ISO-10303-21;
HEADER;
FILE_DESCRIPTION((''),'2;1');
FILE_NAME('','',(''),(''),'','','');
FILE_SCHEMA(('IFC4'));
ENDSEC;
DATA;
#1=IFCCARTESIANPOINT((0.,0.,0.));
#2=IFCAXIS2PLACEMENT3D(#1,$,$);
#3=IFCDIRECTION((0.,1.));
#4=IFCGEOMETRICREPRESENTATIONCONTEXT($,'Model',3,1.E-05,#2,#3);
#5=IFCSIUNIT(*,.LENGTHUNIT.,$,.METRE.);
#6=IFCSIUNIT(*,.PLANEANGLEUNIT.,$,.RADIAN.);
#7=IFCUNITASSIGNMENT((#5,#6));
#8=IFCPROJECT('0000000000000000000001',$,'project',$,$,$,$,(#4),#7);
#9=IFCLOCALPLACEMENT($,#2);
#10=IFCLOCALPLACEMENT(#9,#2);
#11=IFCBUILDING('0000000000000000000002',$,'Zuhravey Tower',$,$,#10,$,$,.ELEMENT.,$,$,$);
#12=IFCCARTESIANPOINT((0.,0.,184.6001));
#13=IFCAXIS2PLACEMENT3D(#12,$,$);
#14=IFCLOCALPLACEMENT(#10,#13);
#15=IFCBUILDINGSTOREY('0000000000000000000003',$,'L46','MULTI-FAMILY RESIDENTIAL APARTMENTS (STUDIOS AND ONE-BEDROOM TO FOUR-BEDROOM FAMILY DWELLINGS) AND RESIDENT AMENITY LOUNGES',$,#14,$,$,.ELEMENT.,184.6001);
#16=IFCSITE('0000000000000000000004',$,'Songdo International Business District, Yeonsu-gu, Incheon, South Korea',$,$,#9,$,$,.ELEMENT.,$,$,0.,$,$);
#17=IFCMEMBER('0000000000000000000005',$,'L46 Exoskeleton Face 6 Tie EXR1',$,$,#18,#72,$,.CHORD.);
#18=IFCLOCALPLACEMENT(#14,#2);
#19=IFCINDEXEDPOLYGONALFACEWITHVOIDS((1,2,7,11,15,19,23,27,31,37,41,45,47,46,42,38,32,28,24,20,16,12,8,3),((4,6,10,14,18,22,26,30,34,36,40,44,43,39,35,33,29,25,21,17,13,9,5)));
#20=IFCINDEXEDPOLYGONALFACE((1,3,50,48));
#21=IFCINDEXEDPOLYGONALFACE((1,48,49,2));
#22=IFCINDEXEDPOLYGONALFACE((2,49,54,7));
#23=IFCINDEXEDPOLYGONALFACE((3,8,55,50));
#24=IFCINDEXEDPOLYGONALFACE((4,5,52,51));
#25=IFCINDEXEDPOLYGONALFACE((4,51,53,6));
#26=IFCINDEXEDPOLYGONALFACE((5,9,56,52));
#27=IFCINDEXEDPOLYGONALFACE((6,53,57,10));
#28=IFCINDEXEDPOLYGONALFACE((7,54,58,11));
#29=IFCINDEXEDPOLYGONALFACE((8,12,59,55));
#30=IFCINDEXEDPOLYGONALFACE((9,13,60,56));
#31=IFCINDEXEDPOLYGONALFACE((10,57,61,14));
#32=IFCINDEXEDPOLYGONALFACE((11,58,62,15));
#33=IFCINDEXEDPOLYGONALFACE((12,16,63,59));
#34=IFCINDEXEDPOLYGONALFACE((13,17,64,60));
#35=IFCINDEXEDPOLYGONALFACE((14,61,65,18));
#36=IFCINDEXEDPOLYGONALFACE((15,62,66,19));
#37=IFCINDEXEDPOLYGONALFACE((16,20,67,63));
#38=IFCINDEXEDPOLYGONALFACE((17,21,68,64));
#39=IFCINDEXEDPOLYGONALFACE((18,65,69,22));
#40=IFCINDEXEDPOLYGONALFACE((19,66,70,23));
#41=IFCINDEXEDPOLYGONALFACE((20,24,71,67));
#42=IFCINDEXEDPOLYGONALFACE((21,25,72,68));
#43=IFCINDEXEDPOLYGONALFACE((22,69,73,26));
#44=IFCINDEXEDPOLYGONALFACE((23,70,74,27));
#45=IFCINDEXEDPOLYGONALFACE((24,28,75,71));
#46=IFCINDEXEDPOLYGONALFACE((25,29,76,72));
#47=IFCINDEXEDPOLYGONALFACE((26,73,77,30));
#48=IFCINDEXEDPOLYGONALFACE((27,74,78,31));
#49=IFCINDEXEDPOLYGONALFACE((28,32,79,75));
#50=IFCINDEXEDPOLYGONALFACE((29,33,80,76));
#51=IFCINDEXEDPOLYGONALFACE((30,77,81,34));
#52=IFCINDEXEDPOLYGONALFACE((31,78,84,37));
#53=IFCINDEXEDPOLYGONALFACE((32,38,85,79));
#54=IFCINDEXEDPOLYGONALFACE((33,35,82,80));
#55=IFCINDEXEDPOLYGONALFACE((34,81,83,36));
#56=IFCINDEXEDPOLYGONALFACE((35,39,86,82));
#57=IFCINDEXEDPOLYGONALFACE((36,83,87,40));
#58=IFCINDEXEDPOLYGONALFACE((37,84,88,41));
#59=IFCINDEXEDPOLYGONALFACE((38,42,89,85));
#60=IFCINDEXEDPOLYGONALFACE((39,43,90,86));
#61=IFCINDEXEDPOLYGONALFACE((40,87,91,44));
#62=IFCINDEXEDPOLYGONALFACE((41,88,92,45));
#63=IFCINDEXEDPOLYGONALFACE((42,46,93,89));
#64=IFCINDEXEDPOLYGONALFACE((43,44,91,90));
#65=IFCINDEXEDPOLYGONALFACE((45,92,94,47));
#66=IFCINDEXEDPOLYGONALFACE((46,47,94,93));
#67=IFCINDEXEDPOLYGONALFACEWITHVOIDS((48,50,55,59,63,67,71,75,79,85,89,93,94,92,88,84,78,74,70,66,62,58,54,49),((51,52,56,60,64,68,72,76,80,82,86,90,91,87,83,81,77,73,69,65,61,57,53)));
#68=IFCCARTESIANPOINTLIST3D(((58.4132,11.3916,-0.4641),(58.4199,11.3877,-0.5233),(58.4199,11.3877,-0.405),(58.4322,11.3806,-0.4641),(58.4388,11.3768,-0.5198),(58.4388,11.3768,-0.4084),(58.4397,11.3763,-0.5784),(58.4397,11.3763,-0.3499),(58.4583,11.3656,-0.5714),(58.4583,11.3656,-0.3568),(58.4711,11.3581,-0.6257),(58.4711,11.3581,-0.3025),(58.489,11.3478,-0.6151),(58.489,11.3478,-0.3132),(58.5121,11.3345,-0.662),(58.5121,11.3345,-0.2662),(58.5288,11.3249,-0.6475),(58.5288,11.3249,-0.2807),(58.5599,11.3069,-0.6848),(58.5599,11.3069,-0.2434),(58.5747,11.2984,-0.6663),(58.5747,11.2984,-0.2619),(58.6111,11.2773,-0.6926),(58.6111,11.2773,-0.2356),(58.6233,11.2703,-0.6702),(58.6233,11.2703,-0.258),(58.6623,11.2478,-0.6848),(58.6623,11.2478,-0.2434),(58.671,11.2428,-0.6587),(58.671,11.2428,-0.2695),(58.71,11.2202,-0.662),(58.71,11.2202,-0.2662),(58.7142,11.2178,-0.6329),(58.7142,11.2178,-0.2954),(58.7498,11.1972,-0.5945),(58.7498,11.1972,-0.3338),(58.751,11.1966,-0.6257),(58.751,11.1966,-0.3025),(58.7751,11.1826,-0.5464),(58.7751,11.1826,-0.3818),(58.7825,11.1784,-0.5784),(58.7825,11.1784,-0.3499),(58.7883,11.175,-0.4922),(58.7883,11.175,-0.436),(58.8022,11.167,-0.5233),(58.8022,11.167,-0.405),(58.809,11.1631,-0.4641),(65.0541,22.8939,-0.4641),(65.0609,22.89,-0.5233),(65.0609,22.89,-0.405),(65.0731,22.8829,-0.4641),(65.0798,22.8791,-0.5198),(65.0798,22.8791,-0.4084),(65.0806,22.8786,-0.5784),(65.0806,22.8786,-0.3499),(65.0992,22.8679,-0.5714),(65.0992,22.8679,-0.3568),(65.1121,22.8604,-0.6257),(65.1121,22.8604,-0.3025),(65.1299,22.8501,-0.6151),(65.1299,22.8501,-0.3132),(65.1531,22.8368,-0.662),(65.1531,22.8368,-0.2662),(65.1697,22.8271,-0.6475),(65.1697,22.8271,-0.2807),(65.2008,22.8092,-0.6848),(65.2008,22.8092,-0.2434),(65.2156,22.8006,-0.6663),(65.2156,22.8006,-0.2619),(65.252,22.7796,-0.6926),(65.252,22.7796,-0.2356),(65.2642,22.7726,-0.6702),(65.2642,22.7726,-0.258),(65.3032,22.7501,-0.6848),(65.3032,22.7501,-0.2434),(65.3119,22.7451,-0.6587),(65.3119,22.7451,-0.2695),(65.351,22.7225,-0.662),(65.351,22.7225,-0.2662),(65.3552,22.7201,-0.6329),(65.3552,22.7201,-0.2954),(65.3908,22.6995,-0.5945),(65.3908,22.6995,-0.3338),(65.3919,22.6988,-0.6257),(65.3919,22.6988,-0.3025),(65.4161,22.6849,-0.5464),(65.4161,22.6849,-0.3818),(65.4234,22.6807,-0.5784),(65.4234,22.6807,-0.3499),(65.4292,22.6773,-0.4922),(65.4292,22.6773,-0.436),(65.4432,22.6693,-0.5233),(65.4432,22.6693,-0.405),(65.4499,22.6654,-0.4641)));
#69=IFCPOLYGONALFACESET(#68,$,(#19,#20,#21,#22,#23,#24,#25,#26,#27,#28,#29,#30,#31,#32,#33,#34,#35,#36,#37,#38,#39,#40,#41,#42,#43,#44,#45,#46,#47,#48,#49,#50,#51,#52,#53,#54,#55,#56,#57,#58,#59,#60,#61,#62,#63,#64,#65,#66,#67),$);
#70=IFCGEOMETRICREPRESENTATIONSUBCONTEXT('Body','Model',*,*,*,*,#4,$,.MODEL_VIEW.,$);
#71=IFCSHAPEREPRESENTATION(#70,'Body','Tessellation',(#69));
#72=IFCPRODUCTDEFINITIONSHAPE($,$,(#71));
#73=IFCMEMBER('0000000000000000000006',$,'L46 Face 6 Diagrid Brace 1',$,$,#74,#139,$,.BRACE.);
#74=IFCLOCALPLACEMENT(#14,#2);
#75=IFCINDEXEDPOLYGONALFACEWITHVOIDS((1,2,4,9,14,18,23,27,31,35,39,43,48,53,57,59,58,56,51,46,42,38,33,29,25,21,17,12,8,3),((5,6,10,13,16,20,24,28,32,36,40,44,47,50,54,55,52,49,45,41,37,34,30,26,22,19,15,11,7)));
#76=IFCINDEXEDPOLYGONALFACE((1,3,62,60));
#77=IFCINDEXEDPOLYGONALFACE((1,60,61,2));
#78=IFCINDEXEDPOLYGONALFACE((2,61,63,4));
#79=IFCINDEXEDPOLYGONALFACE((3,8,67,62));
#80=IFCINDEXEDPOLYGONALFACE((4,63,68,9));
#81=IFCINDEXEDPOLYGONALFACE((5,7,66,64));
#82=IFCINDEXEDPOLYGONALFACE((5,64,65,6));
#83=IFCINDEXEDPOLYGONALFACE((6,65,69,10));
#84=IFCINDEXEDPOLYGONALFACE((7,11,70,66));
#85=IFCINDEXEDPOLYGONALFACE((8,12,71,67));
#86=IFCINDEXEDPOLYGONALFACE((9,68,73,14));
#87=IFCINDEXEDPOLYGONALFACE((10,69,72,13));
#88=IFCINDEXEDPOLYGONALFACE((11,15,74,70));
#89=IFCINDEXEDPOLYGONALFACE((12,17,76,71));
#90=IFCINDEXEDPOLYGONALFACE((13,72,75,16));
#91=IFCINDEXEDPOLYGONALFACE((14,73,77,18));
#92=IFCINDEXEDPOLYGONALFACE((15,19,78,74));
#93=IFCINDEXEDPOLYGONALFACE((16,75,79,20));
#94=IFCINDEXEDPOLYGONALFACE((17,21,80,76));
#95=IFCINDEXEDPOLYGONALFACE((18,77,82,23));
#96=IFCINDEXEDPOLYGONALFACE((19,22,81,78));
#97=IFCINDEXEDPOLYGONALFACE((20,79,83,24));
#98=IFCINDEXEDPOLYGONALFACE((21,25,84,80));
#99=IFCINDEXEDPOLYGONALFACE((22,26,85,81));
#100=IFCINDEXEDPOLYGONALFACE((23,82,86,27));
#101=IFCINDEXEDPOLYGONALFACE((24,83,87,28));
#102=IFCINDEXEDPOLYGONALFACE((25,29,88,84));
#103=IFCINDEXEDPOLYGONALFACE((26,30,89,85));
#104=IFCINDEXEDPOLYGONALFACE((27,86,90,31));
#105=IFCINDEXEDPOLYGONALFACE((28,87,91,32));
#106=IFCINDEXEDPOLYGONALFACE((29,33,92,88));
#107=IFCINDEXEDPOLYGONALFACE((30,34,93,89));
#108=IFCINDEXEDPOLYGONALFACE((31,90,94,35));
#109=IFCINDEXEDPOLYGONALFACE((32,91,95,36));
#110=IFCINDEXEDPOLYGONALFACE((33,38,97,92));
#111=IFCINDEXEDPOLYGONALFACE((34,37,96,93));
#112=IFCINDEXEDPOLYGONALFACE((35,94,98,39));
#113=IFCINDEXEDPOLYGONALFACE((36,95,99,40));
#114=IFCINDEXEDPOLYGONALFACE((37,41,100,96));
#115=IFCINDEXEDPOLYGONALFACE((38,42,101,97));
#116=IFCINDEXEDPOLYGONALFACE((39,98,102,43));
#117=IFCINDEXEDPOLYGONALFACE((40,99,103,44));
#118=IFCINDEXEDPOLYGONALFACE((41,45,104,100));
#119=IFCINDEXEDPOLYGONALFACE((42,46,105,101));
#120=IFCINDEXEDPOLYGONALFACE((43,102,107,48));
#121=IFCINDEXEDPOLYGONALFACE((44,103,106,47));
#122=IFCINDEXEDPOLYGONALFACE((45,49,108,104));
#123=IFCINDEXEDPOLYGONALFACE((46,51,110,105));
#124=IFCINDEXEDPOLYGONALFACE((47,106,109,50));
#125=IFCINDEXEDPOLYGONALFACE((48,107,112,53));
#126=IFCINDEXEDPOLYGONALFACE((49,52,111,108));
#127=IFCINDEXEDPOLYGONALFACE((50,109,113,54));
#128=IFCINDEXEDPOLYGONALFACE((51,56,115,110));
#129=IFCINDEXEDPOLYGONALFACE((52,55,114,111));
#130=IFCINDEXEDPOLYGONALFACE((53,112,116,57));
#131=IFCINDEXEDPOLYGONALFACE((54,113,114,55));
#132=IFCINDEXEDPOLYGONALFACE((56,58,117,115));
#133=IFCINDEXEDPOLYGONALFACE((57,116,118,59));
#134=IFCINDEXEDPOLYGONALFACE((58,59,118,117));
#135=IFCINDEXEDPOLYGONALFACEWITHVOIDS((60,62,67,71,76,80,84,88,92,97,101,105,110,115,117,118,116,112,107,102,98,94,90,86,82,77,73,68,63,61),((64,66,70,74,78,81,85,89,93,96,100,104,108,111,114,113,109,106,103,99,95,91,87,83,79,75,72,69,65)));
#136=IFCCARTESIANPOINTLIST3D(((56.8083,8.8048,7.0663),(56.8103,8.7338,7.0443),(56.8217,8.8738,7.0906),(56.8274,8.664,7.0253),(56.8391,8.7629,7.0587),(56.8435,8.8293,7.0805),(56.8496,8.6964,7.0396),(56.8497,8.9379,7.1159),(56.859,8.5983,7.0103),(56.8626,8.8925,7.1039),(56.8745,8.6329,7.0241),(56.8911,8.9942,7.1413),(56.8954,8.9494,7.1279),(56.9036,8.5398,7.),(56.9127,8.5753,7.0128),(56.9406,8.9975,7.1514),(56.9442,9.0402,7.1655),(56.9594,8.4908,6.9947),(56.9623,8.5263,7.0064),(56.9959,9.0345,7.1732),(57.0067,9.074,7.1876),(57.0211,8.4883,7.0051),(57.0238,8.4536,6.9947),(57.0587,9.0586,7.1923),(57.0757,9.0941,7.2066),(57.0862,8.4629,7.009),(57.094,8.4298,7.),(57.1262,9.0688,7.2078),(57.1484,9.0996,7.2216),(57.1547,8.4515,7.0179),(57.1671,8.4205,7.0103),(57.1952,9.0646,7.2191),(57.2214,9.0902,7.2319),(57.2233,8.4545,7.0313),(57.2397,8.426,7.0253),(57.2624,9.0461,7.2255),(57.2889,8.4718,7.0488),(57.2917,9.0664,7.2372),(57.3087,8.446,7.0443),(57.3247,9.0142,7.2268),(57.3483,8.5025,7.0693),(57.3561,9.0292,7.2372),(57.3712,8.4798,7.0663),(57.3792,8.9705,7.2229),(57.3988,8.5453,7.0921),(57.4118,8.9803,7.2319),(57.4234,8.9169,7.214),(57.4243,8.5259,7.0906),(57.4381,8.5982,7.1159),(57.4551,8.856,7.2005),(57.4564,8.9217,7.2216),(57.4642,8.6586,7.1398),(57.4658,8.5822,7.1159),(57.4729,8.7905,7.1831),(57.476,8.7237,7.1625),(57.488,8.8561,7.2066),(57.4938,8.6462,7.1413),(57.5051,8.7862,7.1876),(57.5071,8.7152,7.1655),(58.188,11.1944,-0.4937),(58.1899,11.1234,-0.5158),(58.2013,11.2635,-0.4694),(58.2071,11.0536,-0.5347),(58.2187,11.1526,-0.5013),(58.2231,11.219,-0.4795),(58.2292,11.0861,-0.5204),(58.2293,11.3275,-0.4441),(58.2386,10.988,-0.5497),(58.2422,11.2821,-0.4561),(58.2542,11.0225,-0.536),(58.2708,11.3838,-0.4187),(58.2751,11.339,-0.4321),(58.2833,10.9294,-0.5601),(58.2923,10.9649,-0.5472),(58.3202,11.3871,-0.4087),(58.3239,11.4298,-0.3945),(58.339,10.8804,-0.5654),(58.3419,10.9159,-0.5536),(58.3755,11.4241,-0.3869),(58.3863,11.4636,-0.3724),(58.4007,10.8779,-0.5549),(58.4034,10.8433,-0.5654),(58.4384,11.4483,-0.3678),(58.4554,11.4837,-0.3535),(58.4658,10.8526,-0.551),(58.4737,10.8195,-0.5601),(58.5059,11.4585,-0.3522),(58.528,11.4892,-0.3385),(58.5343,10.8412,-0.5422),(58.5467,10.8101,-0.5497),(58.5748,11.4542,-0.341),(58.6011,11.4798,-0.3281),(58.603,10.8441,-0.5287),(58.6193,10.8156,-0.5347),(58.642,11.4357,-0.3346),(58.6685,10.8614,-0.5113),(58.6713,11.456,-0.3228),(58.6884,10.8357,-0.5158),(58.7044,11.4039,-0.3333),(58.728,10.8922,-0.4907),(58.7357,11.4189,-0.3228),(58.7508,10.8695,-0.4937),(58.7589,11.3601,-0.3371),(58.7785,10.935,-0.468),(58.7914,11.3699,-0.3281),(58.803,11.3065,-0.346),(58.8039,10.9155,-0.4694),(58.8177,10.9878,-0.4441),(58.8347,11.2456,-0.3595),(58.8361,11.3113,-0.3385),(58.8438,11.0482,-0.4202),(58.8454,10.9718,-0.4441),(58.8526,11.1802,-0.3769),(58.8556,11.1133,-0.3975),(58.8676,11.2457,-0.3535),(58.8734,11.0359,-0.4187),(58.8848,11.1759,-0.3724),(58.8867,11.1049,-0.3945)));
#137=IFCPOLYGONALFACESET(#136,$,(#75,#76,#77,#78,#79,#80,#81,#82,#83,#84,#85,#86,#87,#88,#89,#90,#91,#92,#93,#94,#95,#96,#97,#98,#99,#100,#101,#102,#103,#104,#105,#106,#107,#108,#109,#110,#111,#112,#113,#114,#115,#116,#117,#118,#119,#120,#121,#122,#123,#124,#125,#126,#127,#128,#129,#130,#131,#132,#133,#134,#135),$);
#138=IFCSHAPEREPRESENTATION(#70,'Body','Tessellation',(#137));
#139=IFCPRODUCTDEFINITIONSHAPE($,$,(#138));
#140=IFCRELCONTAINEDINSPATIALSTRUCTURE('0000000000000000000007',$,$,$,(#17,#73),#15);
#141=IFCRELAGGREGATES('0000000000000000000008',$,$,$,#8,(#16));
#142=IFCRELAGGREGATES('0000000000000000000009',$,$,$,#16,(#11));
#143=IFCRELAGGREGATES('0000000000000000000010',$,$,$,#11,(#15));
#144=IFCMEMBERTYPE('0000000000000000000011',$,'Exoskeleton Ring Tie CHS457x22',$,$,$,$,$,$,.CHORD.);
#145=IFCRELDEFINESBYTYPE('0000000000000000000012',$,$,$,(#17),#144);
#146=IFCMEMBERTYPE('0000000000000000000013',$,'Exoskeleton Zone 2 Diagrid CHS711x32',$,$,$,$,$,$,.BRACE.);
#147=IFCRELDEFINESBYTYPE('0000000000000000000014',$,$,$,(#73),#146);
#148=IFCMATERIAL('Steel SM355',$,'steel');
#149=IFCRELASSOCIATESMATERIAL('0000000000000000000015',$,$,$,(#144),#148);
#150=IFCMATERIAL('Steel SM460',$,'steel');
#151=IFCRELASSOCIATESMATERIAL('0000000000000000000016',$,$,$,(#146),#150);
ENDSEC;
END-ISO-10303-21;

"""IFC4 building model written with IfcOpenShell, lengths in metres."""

from ifc_helpers import new_model, si_unit, direction, frame, origin, origin_2d, place, context, subcontext, project, spatial, hollow_circle, extrude, material, material_profile, profile_set, type_object, element, save


model = new_model("IFC4")

# Units and contexts
model_context = context("Model", 3, precision=1e-05, world=origin(), true_north=direction((0.0, 1.0)))
body_context = subcontext(model_context, "Body", "Model", "MODEL_VIEW")
ifc_project = project(units=[si_unit("LENGTHUNIT", "METRE"), si_unit("PLANEANGLEUNIT", "RADIAN")], contexts=[model_context])

# Site, building, storey
site_placement = place(None, origin())
site = spatial("IfcSite", under=ifc_project, at=site_placement, Name="Songdo International Business District, Yeonsu-gu, Incheon, South Korea", CompositionType="ELEMENT", RefElevation=0.0)
building_placement = place(site_placement, origin())
building = spatial("IfcBuilding", under=site, at=building_placement, Name="Zuhravey Tower", CompositionType="ELEMENT")
storey_placement = place(building_placement, frame((0.0, 0.0, 184.6001)))
storey = spatial("IfcBuildingStorey", under=building, at=storey_placement, Name="L46", Description="MULTI-FAMILY RESIDENTIAL APARTMENTS (STUDIOS AND ONE-BEDROOM TO FOUR-BEDROOM FAMILY DWELLINGS) AND RESIDENT AMENITY LOUNGES", CompositionType="ELEMENT", Elevation=184.6001)

# Members
ifc_material_1 = material(Name="Steel SM355", Category="steel")
ifc_material_profile_1 = material_profile(ifc_material_1, hollow_circle(Radius=0.2285, WallThickness=0.022, at=origin_2d()), Name="CHS-457.2x22")
ifc_profile_set_1 = profile_set([ifc_material_profile_1], Name="Steel SM355")
member_type_1 = type_object("IfcMemberType", Name="Exoskeleton Ring Tie CHS457x22", PredefinedType="CHORD", material=ifc_profile_set_1)
member_1_placement = place(storey_placement, frame((58.6111, 11.2773, -0.4641), z_axis=(0.500004, 0.866023, 0.0), x_axis=(-0.866023, 0.500004, 0.0)))
element("IfcMember", 1, at=member_1_placement, inside=storey, type_object=member_type_1, Name="L46 Exoskeleton Face 6 Tie EXR1", PredefinedType="CHORD", context=body_context, shape_type="SweptSolid", body=[
    extrude(hollow_circle(Radius=0.2285, WallThickness=0.022, at=origin_2d()), origin(), (0.0, 0.0, 1.0), 13.2817),
])
ifc_material_2 = material(Name="Steel SM460", Category="steel")
ifc_material_profile_2 = material_profile(ifc_material_2, hollow_circle(Radius=0.3557, WallThickness=0.032, at=origin_2d()), Name="CHS-711.2x32")
ifc_profile_set_2 = profile_set([ifc_material_profile_2], Name="Steel SM460")
member_type_2 = type_object("IfcMemberType", Name="Exoskeleton Zone 2 Diagrid CHS711x32", PredefinedType="BRACE", material=ifc_profile_set_2)
member_2_placement = place(storey_placement, frame((58.5374, 11.1497, -0.4441), z_axis=(-0.171429, -0.296929, 0.939386), x_axis=(0.866029, -0.499993, 0.0)))
element("IfcMember", 2, at=member_2_placement, inside=storey, type_object=member_type_2, Name="L46 Face 6 Diagrid Brace 1", PredefinedType="BRACE", context=body_context, shape_type="SweptSolid", body=[
    extrude(hollow_circle(Radius=0.3557, WallThickness=0.032, at=origin_2d()), origin(), (0.0, 0.0, 1.0), 8.0479),
])

save(model, "model.ifc")
